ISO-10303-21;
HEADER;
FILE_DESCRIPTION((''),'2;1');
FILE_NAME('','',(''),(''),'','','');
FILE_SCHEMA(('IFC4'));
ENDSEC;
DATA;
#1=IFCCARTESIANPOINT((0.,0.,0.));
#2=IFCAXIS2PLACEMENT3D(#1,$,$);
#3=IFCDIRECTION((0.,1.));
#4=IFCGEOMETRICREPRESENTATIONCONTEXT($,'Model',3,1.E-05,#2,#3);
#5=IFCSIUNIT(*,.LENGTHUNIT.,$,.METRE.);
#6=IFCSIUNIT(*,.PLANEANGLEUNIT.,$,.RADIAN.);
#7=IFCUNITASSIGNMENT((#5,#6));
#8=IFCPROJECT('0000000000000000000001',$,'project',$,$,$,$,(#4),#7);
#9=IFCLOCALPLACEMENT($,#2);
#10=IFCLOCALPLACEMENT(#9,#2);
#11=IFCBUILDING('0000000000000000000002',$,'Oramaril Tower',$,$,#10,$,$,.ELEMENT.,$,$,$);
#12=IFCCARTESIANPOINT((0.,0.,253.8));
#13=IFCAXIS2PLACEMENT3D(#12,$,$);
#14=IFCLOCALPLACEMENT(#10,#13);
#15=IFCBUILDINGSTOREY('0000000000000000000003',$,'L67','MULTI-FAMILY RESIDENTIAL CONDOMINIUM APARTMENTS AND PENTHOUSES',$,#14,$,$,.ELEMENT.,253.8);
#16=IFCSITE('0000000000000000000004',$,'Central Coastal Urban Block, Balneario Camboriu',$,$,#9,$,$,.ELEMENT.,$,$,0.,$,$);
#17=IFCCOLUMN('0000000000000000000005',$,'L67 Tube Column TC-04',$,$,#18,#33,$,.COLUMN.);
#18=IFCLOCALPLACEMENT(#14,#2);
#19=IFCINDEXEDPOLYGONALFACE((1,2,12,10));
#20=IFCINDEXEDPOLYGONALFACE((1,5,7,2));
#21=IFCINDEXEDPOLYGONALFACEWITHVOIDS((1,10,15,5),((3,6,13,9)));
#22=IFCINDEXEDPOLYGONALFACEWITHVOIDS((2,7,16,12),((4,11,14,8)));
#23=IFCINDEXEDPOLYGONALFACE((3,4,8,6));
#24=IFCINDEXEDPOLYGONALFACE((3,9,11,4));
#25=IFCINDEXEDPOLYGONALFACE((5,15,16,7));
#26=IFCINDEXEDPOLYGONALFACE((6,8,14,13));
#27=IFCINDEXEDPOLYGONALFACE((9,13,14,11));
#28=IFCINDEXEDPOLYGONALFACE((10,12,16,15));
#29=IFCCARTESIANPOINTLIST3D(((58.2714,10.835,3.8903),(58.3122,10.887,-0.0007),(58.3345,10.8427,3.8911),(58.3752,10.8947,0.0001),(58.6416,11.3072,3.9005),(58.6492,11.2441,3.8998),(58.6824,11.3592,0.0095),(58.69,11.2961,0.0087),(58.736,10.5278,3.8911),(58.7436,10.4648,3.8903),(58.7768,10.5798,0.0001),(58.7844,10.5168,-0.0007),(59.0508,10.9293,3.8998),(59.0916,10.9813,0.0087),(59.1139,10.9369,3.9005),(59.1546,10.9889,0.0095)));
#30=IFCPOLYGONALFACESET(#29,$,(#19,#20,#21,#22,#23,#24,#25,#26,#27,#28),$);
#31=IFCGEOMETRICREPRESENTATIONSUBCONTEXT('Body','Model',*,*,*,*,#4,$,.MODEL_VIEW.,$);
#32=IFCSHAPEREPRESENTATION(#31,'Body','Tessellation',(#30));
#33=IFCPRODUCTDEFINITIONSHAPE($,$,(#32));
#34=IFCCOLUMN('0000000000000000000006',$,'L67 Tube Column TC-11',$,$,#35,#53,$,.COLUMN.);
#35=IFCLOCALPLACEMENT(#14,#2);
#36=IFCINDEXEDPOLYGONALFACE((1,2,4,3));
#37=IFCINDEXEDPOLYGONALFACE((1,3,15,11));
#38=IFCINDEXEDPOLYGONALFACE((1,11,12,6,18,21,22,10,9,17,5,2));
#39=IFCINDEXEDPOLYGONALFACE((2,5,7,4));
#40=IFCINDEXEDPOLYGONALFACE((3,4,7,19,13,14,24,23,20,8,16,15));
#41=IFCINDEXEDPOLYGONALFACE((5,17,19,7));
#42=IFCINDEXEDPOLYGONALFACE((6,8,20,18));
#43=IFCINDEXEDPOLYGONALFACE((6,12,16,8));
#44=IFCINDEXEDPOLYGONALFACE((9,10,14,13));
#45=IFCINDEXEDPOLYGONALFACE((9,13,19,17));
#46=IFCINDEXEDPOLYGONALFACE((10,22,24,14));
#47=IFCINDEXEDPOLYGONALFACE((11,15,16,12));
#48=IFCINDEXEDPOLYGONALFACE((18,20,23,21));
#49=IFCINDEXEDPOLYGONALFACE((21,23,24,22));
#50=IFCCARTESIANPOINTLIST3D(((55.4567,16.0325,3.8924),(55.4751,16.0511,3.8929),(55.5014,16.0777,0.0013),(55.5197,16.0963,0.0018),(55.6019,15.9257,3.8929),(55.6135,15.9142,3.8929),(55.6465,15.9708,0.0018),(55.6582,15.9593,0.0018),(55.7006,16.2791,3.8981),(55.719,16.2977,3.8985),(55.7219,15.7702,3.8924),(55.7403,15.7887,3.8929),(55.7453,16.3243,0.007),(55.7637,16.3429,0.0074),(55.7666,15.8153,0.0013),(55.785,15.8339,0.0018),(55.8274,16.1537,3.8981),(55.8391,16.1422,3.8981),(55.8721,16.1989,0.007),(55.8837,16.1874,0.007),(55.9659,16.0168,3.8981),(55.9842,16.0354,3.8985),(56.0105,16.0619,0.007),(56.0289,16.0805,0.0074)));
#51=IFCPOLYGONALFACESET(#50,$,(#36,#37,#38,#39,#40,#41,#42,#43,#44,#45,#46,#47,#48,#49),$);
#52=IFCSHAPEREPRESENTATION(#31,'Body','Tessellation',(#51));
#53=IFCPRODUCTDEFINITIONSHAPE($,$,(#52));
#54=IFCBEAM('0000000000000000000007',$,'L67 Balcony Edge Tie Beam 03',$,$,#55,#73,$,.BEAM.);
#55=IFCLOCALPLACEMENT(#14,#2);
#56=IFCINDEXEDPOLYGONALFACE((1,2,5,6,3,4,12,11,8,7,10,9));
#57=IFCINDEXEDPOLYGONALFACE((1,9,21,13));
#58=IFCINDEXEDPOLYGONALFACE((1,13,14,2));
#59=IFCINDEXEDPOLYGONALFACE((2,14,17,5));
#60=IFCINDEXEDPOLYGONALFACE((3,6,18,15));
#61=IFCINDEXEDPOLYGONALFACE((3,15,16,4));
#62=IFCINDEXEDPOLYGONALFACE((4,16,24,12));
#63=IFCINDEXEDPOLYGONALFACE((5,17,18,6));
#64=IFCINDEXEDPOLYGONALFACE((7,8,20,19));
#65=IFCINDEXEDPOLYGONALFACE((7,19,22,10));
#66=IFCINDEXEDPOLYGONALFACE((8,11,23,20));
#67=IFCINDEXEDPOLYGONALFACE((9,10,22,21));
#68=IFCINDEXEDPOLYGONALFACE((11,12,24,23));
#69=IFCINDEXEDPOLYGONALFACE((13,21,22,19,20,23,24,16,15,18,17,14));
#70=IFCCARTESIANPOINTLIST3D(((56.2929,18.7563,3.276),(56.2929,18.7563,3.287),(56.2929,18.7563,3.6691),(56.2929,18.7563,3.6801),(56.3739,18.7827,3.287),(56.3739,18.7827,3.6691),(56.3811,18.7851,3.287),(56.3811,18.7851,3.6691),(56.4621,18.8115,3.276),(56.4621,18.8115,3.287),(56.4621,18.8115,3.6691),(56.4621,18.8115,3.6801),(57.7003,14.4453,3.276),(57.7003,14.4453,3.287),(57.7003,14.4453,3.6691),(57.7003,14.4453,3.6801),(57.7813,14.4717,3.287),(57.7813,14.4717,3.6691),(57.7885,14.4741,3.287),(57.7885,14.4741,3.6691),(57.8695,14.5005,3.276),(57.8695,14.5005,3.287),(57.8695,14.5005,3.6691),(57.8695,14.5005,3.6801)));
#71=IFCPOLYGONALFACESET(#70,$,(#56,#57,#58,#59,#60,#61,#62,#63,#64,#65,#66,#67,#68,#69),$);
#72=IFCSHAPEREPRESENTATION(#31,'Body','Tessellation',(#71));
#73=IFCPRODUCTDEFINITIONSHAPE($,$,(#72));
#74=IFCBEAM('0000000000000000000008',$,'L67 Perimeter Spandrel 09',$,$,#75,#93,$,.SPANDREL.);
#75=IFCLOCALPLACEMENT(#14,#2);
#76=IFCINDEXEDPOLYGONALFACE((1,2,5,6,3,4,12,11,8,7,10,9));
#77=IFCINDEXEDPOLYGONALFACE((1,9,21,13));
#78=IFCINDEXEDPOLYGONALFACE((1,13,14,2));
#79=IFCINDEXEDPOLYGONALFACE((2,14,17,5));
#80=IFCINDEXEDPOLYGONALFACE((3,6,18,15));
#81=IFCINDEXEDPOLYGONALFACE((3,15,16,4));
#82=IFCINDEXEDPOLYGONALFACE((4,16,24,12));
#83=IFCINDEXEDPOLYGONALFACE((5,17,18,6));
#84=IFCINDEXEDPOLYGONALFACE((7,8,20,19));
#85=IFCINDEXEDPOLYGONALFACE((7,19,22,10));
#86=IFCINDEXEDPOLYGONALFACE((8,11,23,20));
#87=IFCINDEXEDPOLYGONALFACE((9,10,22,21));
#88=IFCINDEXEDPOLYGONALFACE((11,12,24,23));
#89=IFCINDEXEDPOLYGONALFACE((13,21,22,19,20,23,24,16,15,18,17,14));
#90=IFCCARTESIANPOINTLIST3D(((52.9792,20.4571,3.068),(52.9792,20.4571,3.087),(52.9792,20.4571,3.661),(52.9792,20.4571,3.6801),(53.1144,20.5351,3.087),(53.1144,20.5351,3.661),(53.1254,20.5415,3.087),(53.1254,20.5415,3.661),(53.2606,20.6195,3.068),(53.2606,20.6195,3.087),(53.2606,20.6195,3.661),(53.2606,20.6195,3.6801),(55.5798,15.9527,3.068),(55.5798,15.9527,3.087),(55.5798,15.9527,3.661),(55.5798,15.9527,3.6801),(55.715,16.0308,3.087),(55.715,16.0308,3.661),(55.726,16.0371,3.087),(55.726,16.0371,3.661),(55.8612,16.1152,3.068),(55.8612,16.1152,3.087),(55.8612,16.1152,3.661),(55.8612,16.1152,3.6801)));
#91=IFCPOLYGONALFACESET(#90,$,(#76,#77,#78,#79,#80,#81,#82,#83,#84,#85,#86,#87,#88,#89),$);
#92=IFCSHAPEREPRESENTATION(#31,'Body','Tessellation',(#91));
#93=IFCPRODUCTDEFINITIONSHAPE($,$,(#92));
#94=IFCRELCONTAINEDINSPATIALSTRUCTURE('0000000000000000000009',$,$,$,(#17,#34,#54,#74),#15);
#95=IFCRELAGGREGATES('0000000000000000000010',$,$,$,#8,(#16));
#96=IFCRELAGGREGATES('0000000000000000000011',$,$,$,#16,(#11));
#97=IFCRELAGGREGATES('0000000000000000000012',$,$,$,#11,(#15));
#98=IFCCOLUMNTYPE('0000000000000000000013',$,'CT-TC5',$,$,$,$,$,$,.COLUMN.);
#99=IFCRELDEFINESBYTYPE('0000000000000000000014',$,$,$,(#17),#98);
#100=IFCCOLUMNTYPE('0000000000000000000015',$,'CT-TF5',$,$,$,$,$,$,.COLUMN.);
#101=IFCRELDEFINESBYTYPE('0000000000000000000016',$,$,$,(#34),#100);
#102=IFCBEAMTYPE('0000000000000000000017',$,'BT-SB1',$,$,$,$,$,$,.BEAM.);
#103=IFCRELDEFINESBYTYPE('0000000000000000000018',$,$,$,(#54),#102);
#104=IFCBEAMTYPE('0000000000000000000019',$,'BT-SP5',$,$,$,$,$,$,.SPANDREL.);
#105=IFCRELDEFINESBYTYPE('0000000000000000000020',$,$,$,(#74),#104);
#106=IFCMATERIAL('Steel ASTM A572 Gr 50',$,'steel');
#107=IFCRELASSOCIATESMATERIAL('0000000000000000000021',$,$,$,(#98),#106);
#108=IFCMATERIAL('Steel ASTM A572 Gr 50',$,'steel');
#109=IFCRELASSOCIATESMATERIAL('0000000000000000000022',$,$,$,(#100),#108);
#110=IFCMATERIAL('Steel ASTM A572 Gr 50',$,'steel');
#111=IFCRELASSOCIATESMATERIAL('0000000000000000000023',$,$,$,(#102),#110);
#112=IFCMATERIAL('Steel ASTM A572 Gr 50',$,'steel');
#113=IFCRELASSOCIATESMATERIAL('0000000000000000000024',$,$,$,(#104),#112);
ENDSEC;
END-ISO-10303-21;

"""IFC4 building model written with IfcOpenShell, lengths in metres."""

from ifc_helpers import new_model, si_unit, direction, frame, origin, origin_2d, place, context, subcontext, project, spatial, hollow_rectangle, i_section, extrude, material, material_profile, profile_set, type_object, element, save


model = new_model("IFC4")

# Units and contexts
model_context = context("Model", 3, precision=1e-05, world=origin(), true_north=direction((0.0, 1.0)))
body_context = subcontext(model_context, "Body", "Model", "MODEL_VIEW")
ifc_project = project(units=[si_unit("LENGTHUNIT", "METRE"), si_unit("PLANEANGLEUNIT", "RADIAN")], contexts=[model_context])

# Site, building, storey
site_placement = place(None, origin())
site = spatial("IfcSite", under=ifc_project, at=site_placement, Name="Central Coastal Urban Block, Balneario Camboriu", CompositionType="ELEMENT", RefElevation=0.0)
building_placement = place(site_placement, origin())
building = spatial("IfcBuilding", under=site, at=building_placement, Name="Oramaril Tower", CompositionType="ELEMENT")
storey_placement = place(building_placement, frame((0.0, 0.0, 253.8)))
storey = spatial("IfcBuildingStorey", under=building, at=storey_placement, Name="L67", Description="MULTI-FAMILY RESIDENTIAL CONDOMINIUM APARTMENTS AND PENTHOUSES", CompositionType="ELEMENT", Elevation=253.8)

# Columns
ifc_material_1 = material(Name="Steel ASTM A572 Gr 50", Category="steel")
ifc_material_profile_1 = material_profile(ifc_material_1, hollow_rectangle(XDim=0.6001, YDim=0.6001, WallThickness=0.0449, at=origin_2d()), Name="BOX600X600X45")
ifc_profile_set_1 = profile_set([ifc_material_profile_1], Name="Steel ASTM A572 Gr 50")
column_type_1 = type_object("IfcColumnType", Name="CT-TC5", PredefinedType="COLUMN", material=ifc_profile_set_1)
column_1_placement = place(storey_placement, frame((58.7334, 10.938, 0.0044), z_axis=(-0.010477, -0.013362, 0.999856), x_axis=(0.786959, -0.617005, 0.0)))
element("IfcColumn", 1, at=column_1_placement, inside=storey, type_object=column_type_1, Name="L67 Tube Column TC-04", PredefinedType="COLUMN", context=body_context, shape_type="SweptSolid", body=[
    extrude(hollow_rectangle(XDim=0.6001, YDim=0.6001, WallThickness=0.0449, at=origin_2d()), origin(), (0.0, 0.0, 1.0), 3.8916),
])
ifc_material_2 = material(Name="Steel ASTM A572 Gr 50", Category="steel")
ifc_material_profile_2 = material_profile(ifc_material_2, i_section(OverallWidth=0.373, OverallDepth=0.373, WebThickness=0.0164, FlangeThickness=0.0261, at=origin_2d()), Name="W14X132")
ifc_profile_set_2 = profile_set([ifc_material_profile_2], Name="Steel ASTM A572 Gr 50")
column_type_2 = type_object("IfcColumnType", Name="CT-TF5", PredefinedType="COLUMN", material=ifc_profile_set_2)
column_2_placement = place(storey_placement, frame((55.7651, 16.0791, 0.0044), z_axis=(-0.01148, -0.011606, 0.999867), x_axis=(0.710939, -0.703253, 0.0)))
element("IfcColumn", 2, at=column_2_placement, inside=storey, type_object=column_type_2, Name="L67 Tube Column TC-11", PredefinedType="COLUMN", context=body_context, shape_type="SweptSolid", body=[
    extrude(i_section(OverallWidth=0.373, OverallDepth=0.373, WebThickness=0.0164, FlangeThickness=0.0261, at=origin_2d()), origin(), (0.0, 0.0, 1.0), 3.8916),
])

# Beams
ifc_material_3 = material(Name="Steel ASTM A572 Gr 50", Category="steel")
ifc_material_profile_3 = material_profile(ifc_material_3, i_section(OverallWidth=0.178, OverallDepth=0.4041, WebThickness=0.0076, FlangeThickness=0.011, at=origin_2d()), Name="W16X36")
ifc_profile_set_3 = profile_set([ifc_material_profile_3], Name="Steel ASTM A572 Gr 50")
beam_type_1 = type_object("IfcBeamType", Name="BT-SB1", PredefinedType="BEAM", material=ifc_profile_set_3)
beam_1_placement = place(storey_placement, frame((57.7849, 14.4729, 3.478), z_axis=(-0.310359, 0.950619, 0.0), x_axis=(-0.950619, -0.310359, 0.0)))
element("IfcBeam", 3, at=beam_1_placement, inside=storey, type_object=beam_type_1, Name="L67 Balcony Edge Tie Beam 03", PredefinedType="BEAM", context=body_context, shape_type="SweptSolid", body=[
    extrude(i_section(OverallWidth=0.178, OverallDepth=0.4041, WebThickness=0.0076, FlangeThickness=0.011, at=origin_2d()), origin(), (0.0, 0.0, 1.0), 4.5349),
])
ifc_material_4 = material(Name="Steel ASTM A572 Gr 50", Category="steel")
ifc_material_profile_4 = material_profile(ifc_material_4, i_section(OverallWidth=0.325, OverallDepth=0.6121, WebThickness=0.0127, FlangeThickness=0.019, at=origin_2d()), Name="W24X104")
ifc_profile_set_4 = profile_set([ifc_material_profile_4], Name="Steel ASTM A572 Gr 50")
beam_type_2 = type_object("IfcBeamType", Name="BT-SP5", PredefinedType="SPANDREL", material=ifc_profile_set_4)
beam_2_placement = place(storey_placement, frame((55.7205, 16.0339, 3.374), z_axis=(-0.499996, 0.866028, 0.0), x_axis=(-0.866028, -0.499996, 0.0)))
element("IfcBeam", 4, at=beam_2_placement, inside=storey, type_object=beam_type_2, Name="L67 Perimeter Spandrel 09", PredefinedType="SPANDREL", context=body_context, shape_type="SweptSolid", body=[
    extrude(i_section(OverallWidth=0.325, OverallDepth=0.6121, WebThickness=0.0127, FlangeThickness=0.019, at=origin_2d()), origin(), (0.0, 0.0, 1.0), 5.2012),
])

save(model, "model.ifc")
